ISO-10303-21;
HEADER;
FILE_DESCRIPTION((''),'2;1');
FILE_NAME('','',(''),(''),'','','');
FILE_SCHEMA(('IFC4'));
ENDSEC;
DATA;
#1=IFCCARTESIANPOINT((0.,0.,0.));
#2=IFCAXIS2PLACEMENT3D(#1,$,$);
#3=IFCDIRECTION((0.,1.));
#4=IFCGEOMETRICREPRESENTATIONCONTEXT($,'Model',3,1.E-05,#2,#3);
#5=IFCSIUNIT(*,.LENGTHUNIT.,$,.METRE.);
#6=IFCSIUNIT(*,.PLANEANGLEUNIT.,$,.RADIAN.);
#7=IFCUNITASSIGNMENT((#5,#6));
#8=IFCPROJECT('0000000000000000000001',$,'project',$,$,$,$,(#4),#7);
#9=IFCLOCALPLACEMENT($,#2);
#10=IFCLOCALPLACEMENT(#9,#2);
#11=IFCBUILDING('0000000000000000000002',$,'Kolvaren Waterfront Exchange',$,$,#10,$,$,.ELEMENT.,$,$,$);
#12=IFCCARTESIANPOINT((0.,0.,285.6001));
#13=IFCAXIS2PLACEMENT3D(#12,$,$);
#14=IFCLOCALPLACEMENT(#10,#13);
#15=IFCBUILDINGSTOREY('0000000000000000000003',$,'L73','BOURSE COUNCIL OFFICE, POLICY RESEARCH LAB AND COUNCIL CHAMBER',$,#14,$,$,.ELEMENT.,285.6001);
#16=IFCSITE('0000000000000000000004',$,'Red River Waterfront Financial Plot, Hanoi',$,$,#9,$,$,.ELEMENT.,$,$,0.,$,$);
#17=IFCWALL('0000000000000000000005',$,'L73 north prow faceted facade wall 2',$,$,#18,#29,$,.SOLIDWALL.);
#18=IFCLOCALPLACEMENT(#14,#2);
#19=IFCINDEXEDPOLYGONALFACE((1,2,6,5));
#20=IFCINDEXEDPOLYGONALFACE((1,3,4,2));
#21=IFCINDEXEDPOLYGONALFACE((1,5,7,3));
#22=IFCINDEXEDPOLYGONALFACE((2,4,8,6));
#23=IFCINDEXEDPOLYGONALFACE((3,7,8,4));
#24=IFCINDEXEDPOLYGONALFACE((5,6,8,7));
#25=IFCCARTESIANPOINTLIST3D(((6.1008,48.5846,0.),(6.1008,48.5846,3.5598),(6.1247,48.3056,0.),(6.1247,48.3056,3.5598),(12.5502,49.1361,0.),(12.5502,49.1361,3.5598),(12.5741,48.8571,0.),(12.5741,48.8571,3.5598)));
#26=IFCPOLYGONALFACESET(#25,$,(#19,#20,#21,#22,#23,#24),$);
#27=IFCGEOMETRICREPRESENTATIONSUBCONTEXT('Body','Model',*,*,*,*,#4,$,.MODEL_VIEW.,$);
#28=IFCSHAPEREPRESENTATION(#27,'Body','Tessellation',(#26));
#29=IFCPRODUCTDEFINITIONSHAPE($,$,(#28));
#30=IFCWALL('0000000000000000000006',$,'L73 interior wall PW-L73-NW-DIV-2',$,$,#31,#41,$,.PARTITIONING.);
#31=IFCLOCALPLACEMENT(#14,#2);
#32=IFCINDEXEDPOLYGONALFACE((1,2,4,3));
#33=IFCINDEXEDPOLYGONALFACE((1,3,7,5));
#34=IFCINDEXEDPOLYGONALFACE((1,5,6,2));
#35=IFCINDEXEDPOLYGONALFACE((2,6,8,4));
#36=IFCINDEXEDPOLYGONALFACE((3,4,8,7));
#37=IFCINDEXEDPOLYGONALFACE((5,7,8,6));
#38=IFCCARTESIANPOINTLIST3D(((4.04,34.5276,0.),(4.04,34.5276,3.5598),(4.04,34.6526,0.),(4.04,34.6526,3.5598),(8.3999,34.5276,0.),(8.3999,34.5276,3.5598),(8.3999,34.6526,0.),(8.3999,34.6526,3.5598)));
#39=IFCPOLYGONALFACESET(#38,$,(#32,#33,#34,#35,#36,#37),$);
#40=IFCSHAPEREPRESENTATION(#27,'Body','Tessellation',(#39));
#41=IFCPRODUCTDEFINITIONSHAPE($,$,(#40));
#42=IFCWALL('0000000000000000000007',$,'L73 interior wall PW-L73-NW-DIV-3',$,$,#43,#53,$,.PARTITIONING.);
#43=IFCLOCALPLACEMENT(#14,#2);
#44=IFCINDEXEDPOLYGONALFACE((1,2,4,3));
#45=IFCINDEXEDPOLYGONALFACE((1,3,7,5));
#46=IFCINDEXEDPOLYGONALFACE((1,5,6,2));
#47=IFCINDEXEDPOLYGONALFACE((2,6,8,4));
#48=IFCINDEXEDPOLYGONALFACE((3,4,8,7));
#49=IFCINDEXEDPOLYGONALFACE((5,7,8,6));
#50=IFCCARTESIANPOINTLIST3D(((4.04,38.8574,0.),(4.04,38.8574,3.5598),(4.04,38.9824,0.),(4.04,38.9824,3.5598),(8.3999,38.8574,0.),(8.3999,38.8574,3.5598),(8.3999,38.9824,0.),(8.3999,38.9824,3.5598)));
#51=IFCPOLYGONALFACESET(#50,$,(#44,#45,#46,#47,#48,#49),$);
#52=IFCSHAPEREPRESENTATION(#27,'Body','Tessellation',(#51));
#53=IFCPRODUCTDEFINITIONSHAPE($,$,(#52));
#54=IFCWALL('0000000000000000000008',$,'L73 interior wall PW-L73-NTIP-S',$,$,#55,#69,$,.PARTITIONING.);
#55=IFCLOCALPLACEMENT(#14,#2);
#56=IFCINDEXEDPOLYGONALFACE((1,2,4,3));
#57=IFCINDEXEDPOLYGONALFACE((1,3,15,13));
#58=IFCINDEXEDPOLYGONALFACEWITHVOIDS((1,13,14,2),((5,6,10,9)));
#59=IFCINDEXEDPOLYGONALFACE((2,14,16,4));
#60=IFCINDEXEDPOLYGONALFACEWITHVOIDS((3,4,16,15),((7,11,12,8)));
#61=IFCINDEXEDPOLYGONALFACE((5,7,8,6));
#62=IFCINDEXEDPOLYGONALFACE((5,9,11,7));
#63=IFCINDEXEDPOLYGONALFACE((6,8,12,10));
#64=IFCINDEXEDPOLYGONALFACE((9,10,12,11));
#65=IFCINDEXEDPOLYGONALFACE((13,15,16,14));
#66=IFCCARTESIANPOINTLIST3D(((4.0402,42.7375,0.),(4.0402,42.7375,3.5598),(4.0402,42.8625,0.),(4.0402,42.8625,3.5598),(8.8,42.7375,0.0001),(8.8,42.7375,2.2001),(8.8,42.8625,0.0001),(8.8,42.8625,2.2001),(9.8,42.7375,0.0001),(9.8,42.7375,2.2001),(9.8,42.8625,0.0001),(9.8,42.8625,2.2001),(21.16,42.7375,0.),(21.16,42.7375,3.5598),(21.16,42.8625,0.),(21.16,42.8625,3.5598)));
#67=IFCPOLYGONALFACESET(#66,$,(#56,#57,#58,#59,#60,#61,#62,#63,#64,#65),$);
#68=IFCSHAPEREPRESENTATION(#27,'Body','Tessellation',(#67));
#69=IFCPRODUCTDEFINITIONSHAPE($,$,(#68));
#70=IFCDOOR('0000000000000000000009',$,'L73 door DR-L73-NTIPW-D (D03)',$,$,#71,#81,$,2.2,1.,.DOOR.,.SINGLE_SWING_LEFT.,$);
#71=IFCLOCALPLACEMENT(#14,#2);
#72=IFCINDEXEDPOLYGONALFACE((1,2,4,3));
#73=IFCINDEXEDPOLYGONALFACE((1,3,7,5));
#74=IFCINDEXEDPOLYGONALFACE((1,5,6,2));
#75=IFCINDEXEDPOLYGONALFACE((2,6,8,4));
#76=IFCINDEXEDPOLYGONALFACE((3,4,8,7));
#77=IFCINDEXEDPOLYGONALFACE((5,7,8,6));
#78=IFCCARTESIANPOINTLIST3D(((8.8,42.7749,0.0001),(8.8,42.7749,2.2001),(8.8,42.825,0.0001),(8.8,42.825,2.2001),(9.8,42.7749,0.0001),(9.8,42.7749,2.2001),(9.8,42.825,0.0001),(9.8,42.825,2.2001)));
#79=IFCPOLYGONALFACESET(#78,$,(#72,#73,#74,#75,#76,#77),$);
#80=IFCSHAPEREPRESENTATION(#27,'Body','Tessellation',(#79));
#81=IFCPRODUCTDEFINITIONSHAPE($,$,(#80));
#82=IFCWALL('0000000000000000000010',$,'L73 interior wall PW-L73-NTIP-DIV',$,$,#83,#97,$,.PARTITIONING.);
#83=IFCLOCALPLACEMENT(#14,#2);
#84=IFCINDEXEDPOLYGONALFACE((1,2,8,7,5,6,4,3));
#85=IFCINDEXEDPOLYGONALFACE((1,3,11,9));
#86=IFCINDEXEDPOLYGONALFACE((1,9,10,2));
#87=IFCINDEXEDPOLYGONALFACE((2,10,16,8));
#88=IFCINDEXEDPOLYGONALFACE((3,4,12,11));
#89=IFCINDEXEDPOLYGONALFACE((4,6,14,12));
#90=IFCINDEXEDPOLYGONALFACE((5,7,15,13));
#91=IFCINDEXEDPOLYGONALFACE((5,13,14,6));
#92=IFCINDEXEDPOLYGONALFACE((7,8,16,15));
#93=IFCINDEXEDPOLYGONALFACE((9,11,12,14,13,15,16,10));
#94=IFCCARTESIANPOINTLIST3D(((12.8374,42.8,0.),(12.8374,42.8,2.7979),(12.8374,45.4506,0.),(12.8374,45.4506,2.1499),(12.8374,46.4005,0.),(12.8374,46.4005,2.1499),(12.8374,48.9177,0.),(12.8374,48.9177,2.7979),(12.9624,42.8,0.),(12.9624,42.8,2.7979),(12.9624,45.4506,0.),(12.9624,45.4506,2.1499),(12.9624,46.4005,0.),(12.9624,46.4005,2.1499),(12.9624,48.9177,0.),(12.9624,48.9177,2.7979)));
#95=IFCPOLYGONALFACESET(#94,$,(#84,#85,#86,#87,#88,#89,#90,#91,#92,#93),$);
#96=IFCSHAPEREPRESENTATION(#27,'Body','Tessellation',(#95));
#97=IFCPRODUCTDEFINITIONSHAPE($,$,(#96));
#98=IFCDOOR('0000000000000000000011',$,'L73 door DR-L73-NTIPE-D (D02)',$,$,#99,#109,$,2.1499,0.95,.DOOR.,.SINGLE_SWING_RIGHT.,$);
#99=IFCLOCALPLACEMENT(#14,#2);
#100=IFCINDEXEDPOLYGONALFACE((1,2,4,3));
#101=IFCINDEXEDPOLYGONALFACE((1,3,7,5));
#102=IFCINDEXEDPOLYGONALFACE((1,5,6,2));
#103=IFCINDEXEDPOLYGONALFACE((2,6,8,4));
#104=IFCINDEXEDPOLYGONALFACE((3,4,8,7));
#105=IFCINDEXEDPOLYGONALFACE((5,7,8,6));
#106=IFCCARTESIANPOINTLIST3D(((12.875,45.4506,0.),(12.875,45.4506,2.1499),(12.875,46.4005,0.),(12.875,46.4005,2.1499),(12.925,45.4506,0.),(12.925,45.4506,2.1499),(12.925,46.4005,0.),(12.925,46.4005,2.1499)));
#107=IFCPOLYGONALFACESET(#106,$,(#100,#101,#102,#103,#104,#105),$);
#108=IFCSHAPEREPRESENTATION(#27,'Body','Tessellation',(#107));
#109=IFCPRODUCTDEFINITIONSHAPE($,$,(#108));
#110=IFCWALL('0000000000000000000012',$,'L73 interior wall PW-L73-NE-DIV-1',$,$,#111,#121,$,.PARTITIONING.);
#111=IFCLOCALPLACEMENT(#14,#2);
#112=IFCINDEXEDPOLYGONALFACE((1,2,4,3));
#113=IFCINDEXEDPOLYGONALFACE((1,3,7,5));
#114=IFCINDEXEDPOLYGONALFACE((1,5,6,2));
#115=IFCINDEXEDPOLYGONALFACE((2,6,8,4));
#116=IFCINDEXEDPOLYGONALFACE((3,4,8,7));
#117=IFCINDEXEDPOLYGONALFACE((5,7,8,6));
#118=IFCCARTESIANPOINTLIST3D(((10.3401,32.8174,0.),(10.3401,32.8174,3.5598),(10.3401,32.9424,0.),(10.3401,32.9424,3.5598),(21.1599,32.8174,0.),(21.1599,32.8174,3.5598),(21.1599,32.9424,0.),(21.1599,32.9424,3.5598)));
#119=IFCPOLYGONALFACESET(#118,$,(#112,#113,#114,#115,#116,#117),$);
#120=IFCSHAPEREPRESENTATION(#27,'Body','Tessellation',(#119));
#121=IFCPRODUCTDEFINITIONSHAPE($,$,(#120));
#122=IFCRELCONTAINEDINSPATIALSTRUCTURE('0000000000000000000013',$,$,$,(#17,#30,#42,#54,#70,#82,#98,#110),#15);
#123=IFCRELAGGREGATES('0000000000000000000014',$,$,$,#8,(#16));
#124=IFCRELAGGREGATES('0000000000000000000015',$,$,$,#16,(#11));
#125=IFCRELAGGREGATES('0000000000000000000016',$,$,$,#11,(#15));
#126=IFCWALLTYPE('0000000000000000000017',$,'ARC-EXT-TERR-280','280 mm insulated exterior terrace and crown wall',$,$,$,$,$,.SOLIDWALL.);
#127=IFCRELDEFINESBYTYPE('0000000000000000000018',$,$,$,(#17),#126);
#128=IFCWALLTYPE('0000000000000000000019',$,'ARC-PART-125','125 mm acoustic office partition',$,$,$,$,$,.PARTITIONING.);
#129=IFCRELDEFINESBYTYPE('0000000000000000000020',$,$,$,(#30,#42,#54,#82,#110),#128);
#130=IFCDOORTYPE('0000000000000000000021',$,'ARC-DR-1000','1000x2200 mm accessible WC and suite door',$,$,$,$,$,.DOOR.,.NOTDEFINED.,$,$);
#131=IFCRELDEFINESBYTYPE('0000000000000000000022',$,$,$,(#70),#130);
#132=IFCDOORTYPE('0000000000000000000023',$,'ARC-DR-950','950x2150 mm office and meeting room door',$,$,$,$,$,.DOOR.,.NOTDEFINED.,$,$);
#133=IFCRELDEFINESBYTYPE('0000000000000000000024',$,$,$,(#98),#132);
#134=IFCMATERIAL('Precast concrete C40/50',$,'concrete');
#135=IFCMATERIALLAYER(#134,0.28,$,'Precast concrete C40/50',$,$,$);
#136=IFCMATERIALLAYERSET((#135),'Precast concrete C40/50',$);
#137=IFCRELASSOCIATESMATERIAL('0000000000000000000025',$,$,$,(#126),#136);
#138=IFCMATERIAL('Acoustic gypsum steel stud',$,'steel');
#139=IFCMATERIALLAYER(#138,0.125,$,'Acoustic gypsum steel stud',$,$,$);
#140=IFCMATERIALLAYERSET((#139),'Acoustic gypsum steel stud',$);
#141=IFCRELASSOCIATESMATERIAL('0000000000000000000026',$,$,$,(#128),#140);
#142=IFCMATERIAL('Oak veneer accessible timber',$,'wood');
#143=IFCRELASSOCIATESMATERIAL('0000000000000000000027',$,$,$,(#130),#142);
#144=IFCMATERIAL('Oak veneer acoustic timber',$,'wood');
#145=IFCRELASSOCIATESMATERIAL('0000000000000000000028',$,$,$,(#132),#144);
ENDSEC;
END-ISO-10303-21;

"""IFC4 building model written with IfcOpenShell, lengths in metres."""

from ifc_helpers import new_model, si_unit, direction, frame, frame_2d, origin, place, context, subcontext, project, spatial, rectangle, extrude, material, layer, layer_set, type_object, element, fill, save


model = new_model("IFC4")

# Units and contexts
model_context = context("Model", 3, precision=1e-05, world=origin(), true_north=direction((0.0, 1.0)))
body_context = subcontext(model_context, "Body", "Model", "MODEL_VIEW")
ifc_project = project(units=[si_unit("LENGTHUNIT", "METRE"), si_unit("PLANEANGLEUNIT", "RADIAN")], contexts=[model_context])

# Site, building, storey
site_placement = place(None, origin())
site = spatial("IfcSite", under=ifc_project, at=site_placement, Name="Red River Waterfront Financial Plot, Hanoi", CompositionType="ELEMENT", RefElevation=0.0)
building_placement = place(site_placement, origin())
building = spatial("IfcBuilding", under=site, at=building_placement, Name="Kolvaren Waterfront Exchange", CompositionType="ELEMENT")
storey_placement = place(building_placement, frame((0.0, 0.0, 285.6001)))
storey = spatial("IfcBuildingStorey", under=building, at=storey_placement, Name="L73", Description="BOURSE COUNCIL OFFICE, POLICY RESEARCH LAB AND COUNCIL CHAMBER", CompositionType="ELEMENT", Elevation=285.6001)

# Walls
ifc_material_1 = material(Name="Precast concrete C40/50", Category="concrete")
ifc_layer_1 = layer(ifc_material_1, 0.28, Name="Precast concrete C40/50")
ifc_layer_set_1 = layer_set([ifc_layer_1], Name="Precast concrete C40/50")
wall_type_1 = type_object("IfcWallType", Name="ARC-EXT-TERR-280", Description="280 mm insulated exterior terrace and crown wall", PredefinedType="SOLIDWALL", material=ifc_layer_set_1)
wall_1_placement = place(storey_placement, frame((12.562, 48.9966, 0.0), z_axis=(0.0, 0.0, 1.0), x_axis=(-0.996364, -0.085202, 0.0)))
element("IfcWall", 1, at=wall_1_placement, inside=storey, type_object=wall_type_1, Name="L73 north prow faceted facade wall 2", PredefinedType="SOLIDWALL", context=body_context, shape_type="SweptSolid", body=[
    extrude(rectangle(XDim=6.4729, YDim=0.28, at=frame_2d((3.2363, 0.0))), origin(), (0.0, 0.0, 1.0), 3.5598),
])
ifc_material_2 = material(Name="Acoustic gypsum steel stud", Category="steel")
ifc_layer_2 = layer(ifc_material_2, 0.125, Name="Acoustic gypsum steel stud")
ifc_layer_set_2 = layer_set([ifc_layer_2], Name="Acoustic gypsum steel stud")
wall_type_2 = type_object("IfcWallType", Name="ARC-PART-125", Description="125 mm acoustic office partition", PredefinedType="PARTITIONING", material=ifc_layer_set_2)
for number, where, z_axis, x_axis, name in (
    (2, (4.04, 34.5901, 0.0), (0.0, 0.0, 1.0), (1.0, 0.0, 0.0), "L73 interior wall PW-L73-NW-DIV-2"),
    (3, (4.04, 38.9199, 0.0), (0.0, 0.0, 1.0), (1.0, 0.0, 0.0), "L73 interior wall PW-L73-NW-DIV-3"),
):
    element("IfcWall", number, at=place(storey_placement, frame(where, z_axis=z_axis, x_axis=x_axis)), inside=storey, type_object=wall_type_2, Name=name, PredefinedType="PARTITIONING", context=body_context, shape_type="SweptSolid", body=[
        extrude(rectangle(XDim=4.3599, YDim=0.125, at=frame_2d((2.1799, 0.0))), origin(), (0.0, 0.0, 1.0), 3.5598),
    ])

# Walls, openings, doors
wall_2_placement = place(storey_placement, frame((4.04, 42.8, 0.0), z_axis=(0.0, 0.0, 1.0), x_axis=(1.0, 0.0, 0.0)))
wall_2 = element("IfcWall", 4, at=wall_2_placement, inside=storey, type_object=wall_type_2, Name="L73 interior wall PW-L73-NTIP-S", PredefinedType="PARTITIONING", context=body_context, shape_type="SweptSolid", body=[
    extrude(rectangle(XDim=17.1199, YDim=0.125, at=frame_2d((8.5601, 0.0))), origin(), (0.0, 0.0, 1.0), 3.5598),
])
opening_1_placement = place(wall_2_placement, frame((4.76, 0.0, 0.0)))
opening_1 = element("IfcOpeningElement", 5, at=opening_1_placement, cuts=wall_2, PredefinedType="OPENING", context=body_context, shape_type="SweptSolid", body=[
    extrude(rectangle(XDim=1.0, YDim=2.2, at=frame_2d((0.5, 1.1001))), frame((0.0, 0.0725, 0.0), z_axis=(0.0, -1.0, 0.0), x_axis=(1.0, 0.0, 0.0)), (0.0, 0.0, 1.0), 0.145),
])
ifc_material_3 = material(Name="Oak veneer accessible timber", Category="wood")
door_type_1 = type_object("IfcDoorType", Name="ARC-DR-1000", Description="1000x2200 mm accessible WC and suite door", OperationType="NOTDEFINED", PredefinedType="DOOR", material=ifc_material_3)
door_1_placement = place(opening_1_placement, origin())
door_1 = element("IfcDoor", 6, at=door_1_placement, inside=storey, type_object=door_type_1, Name="L73 door DR-L73-NTIPW-D (D03)", OperationType="SINGLE_SWING_LEFT", OverallHeight=2.2, OverallWidth=1.0, PredefinedType="DOOR", context=body_context, shape_type="SweptSolid", body=[
    extrude(rectangle(XDim=1.0, YDim=2.2, at=frame_2d((0.5, 1.1001))), frame((0.0, 0.0249, 0.0), z_axis=(0.0, -1.0, 0.0), x_axis=(1.0, 0.0, 0.0)), (0.0, 0.0, 1.0), 0.05),
])
fill(opening_1, door_1)
wall_3_placement = place(storey_placement, frame((12.8999, 42.8, 0.0), z_axis=(0.0, 0.0, 1.0), x_axis=(0.0, 1.0, 0.0)))
wall_3 = element("IfcWall", 7, at=wall_3_placement, inside=storey, type_object=wall_type_2, Name="L73 interior wall PW-L73-NTIP-DIV", PredefinedType="PARTITIONING", context=body_context, shape_type="SweptSolid", body=[
    extrude(rectangle(XDim=6.1177, YDim=0.125, at=frame_2d((3.0588, 0.0))), origin(), (0.0, 0.0, 1.0), 2.7979),
])
opening_2_placement = place(wall_3_placement, frame((2.6504, 0.0, 0.0)))
opening_2 = element("IfcOpeningElement", 8, at=opening_2_placement, cuts=wall_3, PredefinedType="OPENING", context=body_context, shape_type="SweptSolid", body=[
    extrude(rectangle(XDim=0.95, YDim=2.1499, at=frame_2d((0.4751, 1.075))), frame((0.0, 0.0725, 0.0), z_axis=(0.0, -1.0, 0.0), x_axis=(1.0, 0.0, 0.0)), (0.0, 0.0, 1.0), 0.145),
])
ifc_material_4 = material(Name="Oak veneer acoustic timber", Category="wood")
door_type_2 = type_object("IfcDoorType", Name="ARC-DR-950", Description="950x2150 mm office and meeting room door", OperationType="NOTDEFINED", PredefinedType="DOOR", material=ifc_material_4)
door_2_placement = place(opening_2_placement, origin())
door_2 = element("IfcDoor", 9, at=door_2_placement, inside=storey, type_object=door_type_2, Name="L73 door DR-L73-NTIPE-D (D02)", OperationType="SINGLE_SWING_RIGHT", OverallHeight=2.1499, OverallWidth=0.95, PredefinedType="DOOR", context=body_context, shape_type="SweptSolid", body=[
    extrude(rectangle(XDim=0.95, YDim=2.1499, at=frame_2d((0.4751, 1.075))), frame((0.0, 0.0249, 0.0), z_axis=(0.0, -1.0, 0.0), x_axis=(1.0, 0.0, 0.0)), (0.0, 0.0, 1.0), 0.05),
])
fill(opening_2, door_2)

# Wall
wall_4_placement = place(storey_placement, frame((10.3401, 32.8799, 0.0), z_axis=(0.0, 0.0, 1.0), x_axis=(1.0, 0.0, 0.0)))
element("IfcWall", 10, at=wall_4_placement, inside=storey, type_object=wall_type_2, Name="L73 interior wall PW-L73-NE-DIV-1", PredefinedType="PARTITIONING", context=body_context, shape_type="SweptSolid", body=[
    extrude(rectangle(XDim=10.8198, YDim=0.125, at=frame_2d((5.4099, 0.0))), origin(), (0.0, 0.0, 1.0), 3.5598),
])

save(model, "model.ifc")
